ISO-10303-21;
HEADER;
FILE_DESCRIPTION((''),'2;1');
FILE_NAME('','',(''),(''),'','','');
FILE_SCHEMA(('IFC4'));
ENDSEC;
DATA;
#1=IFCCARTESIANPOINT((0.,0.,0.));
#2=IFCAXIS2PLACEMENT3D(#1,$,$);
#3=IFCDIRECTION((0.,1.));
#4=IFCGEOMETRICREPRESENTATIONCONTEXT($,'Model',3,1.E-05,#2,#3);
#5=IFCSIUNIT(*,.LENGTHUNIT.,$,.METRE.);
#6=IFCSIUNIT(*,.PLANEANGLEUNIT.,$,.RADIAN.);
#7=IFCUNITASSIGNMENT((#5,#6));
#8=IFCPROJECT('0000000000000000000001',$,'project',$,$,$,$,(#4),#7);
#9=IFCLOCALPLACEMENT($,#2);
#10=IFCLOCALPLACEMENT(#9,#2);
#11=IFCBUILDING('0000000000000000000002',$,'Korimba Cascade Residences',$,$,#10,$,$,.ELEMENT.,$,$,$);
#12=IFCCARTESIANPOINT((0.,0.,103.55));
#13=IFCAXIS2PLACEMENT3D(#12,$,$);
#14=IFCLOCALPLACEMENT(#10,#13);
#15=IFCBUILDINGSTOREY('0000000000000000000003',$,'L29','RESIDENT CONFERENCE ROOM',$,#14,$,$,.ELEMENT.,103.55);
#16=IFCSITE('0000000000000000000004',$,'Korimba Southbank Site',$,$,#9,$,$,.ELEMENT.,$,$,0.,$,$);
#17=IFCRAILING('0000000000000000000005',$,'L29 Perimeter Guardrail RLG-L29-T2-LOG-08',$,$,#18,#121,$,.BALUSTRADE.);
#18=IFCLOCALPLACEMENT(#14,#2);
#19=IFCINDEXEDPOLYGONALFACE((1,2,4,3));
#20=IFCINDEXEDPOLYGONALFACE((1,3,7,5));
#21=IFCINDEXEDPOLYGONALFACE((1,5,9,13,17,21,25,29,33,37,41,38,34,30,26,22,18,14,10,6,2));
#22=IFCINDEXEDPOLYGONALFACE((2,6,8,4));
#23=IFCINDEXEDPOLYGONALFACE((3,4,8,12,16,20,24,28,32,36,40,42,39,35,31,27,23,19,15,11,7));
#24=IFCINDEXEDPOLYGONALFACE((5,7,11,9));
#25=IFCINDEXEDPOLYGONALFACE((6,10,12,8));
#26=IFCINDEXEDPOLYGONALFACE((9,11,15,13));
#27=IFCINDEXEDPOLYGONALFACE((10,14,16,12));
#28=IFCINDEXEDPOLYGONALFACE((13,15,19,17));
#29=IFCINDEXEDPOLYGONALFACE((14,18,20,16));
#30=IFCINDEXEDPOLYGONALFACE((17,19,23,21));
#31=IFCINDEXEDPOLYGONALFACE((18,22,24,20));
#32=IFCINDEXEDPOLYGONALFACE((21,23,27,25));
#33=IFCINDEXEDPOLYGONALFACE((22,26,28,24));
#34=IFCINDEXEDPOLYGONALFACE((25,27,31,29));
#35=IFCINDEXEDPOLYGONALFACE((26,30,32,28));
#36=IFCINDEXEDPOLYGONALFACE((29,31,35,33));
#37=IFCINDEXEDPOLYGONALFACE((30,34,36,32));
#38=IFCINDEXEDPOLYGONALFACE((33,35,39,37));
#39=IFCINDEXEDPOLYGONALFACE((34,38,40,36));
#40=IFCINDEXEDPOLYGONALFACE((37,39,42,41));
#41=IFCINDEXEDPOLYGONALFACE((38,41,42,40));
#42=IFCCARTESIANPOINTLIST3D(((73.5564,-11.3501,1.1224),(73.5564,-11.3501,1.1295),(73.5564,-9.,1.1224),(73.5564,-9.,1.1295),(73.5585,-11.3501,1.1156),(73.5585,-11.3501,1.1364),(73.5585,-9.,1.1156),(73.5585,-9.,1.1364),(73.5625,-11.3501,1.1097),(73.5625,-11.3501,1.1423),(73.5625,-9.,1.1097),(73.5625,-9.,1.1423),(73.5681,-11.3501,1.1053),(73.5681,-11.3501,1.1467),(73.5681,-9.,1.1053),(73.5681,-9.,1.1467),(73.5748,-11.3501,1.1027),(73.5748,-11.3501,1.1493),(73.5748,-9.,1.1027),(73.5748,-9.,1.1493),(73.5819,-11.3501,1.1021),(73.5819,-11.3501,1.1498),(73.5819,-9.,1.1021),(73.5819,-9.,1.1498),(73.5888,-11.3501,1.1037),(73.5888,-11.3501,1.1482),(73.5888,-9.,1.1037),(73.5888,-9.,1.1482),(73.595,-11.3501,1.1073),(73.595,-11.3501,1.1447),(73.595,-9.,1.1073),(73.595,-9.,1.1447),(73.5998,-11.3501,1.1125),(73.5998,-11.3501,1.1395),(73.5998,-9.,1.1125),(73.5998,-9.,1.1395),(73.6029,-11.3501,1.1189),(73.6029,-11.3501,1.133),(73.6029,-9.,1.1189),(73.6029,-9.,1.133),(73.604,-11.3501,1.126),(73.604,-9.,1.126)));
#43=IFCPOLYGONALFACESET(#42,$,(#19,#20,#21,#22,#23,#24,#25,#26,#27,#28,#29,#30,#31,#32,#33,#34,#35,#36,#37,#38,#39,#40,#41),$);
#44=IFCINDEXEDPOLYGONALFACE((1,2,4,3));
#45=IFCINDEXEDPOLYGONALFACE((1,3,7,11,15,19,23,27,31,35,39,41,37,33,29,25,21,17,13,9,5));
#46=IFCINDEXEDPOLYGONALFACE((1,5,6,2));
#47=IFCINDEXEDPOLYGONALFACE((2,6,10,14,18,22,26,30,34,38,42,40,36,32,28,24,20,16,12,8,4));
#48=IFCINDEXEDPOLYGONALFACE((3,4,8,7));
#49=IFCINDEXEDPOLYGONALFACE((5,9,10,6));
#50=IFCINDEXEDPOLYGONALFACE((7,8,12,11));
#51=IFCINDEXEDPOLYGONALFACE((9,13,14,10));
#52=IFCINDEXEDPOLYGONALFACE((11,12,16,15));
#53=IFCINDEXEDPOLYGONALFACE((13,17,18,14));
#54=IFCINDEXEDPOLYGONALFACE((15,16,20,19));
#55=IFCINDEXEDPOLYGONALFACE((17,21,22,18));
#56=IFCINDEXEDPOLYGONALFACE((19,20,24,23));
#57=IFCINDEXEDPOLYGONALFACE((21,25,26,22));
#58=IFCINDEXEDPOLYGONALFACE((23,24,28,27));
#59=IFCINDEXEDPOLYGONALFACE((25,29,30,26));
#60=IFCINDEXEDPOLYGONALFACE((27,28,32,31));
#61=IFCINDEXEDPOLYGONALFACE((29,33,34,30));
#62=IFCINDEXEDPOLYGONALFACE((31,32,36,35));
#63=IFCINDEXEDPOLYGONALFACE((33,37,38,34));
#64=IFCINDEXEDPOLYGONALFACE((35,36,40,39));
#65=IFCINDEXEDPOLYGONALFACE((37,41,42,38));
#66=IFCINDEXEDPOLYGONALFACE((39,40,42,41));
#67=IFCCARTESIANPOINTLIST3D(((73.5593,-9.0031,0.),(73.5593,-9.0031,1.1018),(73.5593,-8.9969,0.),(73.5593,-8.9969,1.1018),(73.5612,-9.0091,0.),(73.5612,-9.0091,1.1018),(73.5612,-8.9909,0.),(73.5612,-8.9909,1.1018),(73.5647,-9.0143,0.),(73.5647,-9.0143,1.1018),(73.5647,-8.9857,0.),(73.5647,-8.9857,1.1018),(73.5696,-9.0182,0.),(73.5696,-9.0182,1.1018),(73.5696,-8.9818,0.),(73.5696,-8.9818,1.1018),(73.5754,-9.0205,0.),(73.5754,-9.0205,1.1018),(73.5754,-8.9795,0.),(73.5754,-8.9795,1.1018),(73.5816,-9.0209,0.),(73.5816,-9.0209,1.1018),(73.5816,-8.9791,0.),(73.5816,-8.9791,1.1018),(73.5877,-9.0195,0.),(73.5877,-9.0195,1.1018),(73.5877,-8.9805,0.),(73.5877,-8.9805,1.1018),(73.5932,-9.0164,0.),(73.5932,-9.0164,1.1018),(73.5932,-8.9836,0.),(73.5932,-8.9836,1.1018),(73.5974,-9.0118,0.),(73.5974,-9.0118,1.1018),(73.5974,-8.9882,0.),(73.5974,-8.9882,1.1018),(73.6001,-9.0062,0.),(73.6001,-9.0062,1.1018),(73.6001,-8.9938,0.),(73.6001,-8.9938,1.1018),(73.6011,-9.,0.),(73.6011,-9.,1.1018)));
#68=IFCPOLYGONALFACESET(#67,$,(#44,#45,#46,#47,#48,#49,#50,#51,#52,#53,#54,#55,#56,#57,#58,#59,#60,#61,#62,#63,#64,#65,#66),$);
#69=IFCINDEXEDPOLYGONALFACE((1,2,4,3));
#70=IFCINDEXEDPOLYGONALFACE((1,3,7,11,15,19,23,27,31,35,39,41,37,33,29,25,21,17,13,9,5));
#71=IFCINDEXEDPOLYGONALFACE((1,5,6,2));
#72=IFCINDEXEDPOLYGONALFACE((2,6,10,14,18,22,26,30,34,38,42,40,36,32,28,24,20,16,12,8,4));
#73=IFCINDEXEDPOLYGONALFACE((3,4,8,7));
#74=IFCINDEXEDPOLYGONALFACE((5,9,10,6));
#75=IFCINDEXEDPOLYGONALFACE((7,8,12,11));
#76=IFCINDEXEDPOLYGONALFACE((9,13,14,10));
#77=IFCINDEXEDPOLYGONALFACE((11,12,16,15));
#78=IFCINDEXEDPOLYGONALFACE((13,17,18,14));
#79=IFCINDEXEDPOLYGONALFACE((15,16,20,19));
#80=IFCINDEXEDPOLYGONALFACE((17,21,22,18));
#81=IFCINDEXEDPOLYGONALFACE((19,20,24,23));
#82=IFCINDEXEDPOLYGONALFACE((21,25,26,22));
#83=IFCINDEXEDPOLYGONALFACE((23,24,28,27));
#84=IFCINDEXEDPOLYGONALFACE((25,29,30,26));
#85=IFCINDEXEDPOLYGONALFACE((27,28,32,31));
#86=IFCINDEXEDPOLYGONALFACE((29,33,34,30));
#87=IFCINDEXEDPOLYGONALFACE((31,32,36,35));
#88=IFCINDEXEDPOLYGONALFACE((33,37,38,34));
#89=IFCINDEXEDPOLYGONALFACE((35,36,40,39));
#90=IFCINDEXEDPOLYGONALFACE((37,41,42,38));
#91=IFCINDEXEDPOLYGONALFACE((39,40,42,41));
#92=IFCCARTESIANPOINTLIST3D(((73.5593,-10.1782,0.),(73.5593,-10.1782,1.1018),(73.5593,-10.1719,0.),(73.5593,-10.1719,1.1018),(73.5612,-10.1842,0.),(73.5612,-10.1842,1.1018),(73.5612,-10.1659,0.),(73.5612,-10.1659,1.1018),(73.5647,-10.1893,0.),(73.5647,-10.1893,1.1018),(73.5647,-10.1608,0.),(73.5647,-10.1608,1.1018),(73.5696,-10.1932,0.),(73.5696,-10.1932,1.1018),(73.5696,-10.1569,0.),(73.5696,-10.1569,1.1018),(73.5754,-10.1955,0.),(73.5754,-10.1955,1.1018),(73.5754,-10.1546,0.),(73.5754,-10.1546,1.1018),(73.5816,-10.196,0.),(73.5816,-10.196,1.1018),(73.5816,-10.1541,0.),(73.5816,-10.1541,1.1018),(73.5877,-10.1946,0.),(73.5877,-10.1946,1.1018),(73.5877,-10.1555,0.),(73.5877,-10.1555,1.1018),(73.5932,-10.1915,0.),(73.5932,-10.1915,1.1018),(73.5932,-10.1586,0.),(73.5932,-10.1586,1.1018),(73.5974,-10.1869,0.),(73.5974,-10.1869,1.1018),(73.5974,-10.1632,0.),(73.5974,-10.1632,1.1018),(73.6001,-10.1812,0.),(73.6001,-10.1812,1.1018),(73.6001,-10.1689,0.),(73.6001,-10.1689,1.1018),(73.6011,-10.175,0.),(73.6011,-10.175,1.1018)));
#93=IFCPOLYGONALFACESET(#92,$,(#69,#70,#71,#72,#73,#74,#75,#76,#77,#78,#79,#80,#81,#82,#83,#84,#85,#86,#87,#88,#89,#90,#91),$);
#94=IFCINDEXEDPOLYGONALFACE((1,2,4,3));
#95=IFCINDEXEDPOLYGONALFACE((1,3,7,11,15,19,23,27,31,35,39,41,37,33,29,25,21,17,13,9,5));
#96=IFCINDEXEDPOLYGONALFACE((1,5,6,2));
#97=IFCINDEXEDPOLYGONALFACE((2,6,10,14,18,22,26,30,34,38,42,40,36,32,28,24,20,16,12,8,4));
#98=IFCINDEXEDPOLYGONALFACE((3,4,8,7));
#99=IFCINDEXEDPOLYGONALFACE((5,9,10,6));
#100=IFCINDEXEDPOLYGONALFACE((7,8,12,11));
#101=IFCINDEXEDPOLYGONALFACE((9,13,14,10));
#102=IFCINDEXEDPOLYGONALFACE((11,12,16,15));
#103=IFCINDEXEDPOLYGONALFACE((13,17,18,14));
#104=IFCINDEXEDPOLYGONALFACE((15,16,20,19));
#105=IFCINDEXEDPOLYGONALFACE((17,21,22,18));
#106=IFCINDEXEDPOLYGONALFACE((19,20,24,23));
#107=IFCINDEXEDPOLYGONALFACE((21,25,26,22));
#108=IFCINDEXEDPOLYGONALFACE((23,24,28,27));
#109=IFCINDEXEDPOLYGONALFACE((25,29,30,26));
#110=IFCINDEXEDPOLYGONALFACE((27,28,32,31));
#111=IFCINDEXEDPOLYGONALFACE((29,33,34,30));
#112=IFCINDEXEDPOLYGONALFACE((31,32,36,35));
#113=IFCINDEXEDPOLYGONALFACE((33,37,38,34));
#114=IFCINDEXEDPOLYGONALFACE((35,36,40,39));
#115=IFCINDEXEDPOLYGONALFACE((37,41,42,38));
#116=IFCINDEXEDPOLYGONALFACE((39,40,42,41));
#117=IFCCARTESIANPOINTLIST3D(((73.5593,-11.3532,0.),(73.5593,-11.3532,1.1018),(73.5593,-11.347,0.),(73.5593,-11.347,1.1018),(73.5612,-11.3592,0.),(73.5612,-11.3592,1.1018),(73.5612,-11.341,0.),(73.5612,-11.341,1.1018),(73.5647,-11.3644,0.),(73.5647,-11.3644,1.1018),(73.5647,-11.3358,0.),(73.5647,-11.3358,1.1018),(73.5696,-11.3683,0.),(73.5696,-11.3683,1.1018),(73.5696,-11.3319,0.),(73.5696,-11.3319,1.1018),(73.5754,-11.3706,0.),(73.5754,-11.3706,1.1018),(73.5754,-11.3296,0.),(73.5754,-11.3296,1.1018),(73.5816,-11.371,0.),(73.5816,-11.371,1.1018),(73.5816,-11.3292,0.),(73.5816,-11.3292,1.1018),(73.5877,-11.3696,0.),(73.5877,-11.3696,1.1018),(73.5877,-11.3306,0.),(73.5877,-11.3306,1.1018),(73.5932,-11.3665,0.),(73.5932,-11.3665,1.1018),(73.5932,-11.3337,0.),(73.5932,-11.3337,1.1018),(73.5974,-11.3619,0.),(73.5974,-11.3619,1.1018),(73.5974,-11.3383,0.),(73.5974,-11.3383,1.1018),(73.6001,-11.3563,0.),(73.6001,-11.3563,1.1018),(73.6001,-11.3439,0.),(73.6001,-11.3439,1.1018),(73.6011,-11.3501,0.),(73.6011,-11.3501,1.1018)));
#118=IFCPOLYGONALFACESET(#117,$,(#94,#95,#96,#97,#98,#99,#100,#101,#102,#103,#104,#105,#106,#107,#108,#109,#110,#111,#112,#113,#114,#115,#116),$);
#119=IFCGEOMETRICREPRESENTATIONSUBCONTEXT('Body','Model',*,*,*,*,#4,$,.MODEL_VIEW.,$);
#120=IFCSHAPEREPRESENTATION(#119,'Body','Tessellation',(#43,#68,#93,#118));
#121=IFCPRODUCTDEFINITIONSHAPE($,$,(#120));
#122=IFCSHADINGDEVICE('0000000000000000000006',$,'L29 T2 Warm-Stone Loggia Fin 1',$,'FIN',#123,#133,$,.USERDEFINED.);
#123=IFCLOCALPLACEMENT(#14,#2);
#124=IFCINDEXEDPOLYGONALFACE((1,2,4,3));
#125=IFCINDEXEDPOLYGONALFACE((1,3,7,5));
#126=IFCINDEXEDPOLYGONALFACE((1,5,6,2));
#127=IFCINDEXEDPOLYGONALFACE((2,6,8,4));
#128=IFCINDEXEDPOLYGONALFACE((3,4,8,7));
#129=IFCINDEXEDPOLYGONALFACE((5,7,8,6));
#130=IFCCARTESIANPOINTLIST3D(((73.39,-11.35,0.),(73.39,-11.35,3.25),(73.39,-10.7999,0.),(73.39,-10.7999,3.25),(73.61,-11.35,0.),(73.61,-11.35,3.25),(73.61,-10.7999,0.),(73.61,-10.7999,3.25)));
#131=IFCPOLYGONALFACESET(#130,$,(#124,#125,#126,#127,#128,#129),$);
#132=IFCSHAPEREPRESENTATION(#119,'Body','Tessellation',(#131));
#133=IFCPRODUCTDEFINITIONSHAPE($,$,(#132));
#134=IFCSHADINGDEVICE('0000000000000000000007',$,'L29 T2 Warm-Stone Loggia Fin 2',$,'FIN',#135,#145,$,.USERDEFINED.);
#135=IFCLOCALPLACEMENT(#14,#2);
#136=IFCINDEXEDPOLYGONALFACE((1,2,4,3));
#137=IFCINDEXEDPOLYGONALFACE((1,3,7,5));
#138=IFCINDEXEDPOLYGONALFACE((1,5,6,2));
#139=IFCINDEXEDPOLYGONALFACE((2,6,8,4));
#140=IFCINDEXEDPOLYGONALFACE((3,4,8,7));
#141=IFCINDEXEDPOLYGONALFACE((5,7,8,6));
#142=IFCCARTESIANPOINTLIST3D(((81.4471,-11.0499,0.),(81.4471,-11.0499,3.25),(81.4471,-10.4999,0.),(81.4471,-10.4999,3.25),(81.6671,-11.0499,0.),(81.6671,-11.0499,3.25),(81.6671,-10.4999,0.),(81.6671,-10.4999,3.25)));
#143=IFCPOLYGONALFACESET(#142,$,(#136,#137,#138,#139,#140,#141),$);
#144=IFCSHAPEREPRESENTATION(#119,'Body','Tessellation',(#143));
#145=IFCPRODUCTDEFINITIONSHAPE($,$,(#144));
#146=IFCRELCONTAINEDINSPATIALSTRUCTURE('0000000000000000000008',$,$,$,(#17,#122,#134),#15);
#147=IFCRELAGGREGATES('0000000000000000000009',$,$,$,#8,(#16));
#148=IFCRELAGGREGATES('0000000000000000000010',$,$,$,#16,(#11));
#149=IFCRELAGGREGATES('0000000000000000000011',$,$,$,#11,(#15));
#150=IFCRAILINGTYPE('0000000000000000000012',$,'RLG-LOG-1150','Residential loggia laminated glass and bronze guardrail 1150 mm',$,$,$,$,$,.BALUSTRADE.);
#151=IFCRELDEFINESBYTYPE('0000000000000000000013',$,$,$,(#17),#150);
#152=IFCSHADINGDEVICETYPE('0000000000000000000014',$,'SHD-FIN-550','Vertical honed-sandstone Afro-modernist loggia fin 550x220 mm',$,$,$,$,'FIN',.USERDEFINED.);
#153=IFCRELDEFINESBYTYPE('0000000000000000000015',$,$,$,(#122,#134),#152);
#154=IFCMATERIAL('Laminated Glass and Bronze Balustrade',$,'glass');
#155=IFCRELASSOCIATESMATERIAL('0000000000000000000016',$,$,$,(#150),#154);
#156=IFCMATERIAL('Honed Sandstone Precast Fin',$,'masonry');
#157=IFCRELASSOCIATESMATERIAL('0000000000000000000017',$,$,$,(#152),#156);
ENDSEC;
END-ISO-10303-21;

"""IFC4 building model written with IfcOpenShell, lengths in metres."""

from ifc_helpers import new_model, si_unit, direction, frame, origin, origin_2d, place, context, subcontext, project, spatial, rectangle, circle, extrude, material, type_object, element, save


model = new_model("IFC4")

# Units and contexts
model_context = context("Model", 3, precision=1e-05, world=origin(), true_north=direction((0.0, 1.0)))
body_context = subcontext(model_context, "Body", "Model", "MODEL_VIEW")
ifc_project = project(units=[si_unit("LENGTHUNIT", "METRE"), si_unit("PLANEANGLEUNIT", "RADIAN")], contexts=[model_context])

# Site, building, storey
site_placement = place(None, origin())
site = spatial("IfcSite", under=ifc_project, at=site_placement, Name="Korimba Southbank Site", CompositionType="ELEMENT", RefElevation=0.0)
building_placement = place(site_placement, origin())
building = spatial("IfcBuilding", under=site, at=building_placement, Name="Korimba Cascade Residences", CompositionType="ELEMENT")
storey_placement = place(building_placement, frame((0.0, 0.0, 103.55)))
storey = spatial("IfcBuildingStorey", under=building, at=storey_placement, Name="L29", Description="RESIDENT CONFERENCE ROOM", CompositionType="ELEMENT", Elevation=103.55)

# Railing
ifc_material_1 = material(Name="Laminated Glass and Bronze Balustrade", Category="glass")
railing_type = type_object("IfcRailingType", Name="RLG-LOG-1150", Description="Residential loggia laminated glass and bronze guardrail 1150 mm", PredefinedType="BALUSTRADE", material=ifc_material_1)
railing_placement = place(storey_placement, frame((73.5801, -9.0, 0.0)))
element("IfcRailing", 1, at=railing_placement, inside=storey, type_object=railing_type, Name="L29 Perimeter Guardrail RLG-L29-T2-LOG-08", PredefinedType="BALUSTRADE", context=body_context, shape_type="SweptSolid", body=[
    extrude(circle(Radius=0.0239, at=origin_2d()), frame((0.0, 0.0, 1.126), z_axis=(0.0, -1.0, 0.0), x_axis=(1.0, 0.0, 0.0)), (0.0, 0.0, 1.0), 2.3501),
    extrude(circle(Radius=0.021, at=origin_2d()), origin(), (0.0, 0.0, 1.0), 1.1018),
    extrude(circle(Radius=0.021, at=origin_2d()), frame((0.0, -1.175, 0.0)), (0.0, 0.0, 1.0), 1.1018),
    extrude(circle(Radius=0.021, at=origin_2d()), frame((0.0, -2.3501, 0.0)), (0.0, 0.0, 1.0), 1.1018),
])

# Shading devices
ifc_material_2 = material(Name="Honed Sandstone Precast Fin", Category="masonry")
shading_device_type = type_object("IfcShadingDeviceType", Name="SHD-FIN-550", Description="Vertical honed-sandstone Afro-modernist loggia fin 550x220 mm", ElementType="FIN", PredefinedType="USERDEFINED", material=ifc_material_2)
for number, where, z_axis, x_axis, name in (
    (2, (73.5, -11.075, 0.0), (0.0, 0.0, 1.0), (1.0, 0.0, 0.0), "L29 T2 Warm-Stone Loggia Fin 1"),
    (3, (81.5571, -10.7749, 0.0), (0.0, 0.0, 1.0), (1.0, 0.0, 0.0), "L29 T2 Warm-Stone Loggia Fin 2"),
):
    element("IfcShadingDevice", number, at=place(storey_placement, frame(where, z_axis=z_axis, x_axis=x_axis)), inside=storey, type_object=shading_device_type, Name=name, ObjectType="FIN", PredefinedType="USERDEFINED", context=body_context, shape_type="SweptSolid", body=[
        extrude(rectangle(XDim=0.22, YDim=0.55, at=origin_2d()), origin(), (0.0, 0.0, 1.0), 3.25),
    ])

save(model, "model.ifc")
